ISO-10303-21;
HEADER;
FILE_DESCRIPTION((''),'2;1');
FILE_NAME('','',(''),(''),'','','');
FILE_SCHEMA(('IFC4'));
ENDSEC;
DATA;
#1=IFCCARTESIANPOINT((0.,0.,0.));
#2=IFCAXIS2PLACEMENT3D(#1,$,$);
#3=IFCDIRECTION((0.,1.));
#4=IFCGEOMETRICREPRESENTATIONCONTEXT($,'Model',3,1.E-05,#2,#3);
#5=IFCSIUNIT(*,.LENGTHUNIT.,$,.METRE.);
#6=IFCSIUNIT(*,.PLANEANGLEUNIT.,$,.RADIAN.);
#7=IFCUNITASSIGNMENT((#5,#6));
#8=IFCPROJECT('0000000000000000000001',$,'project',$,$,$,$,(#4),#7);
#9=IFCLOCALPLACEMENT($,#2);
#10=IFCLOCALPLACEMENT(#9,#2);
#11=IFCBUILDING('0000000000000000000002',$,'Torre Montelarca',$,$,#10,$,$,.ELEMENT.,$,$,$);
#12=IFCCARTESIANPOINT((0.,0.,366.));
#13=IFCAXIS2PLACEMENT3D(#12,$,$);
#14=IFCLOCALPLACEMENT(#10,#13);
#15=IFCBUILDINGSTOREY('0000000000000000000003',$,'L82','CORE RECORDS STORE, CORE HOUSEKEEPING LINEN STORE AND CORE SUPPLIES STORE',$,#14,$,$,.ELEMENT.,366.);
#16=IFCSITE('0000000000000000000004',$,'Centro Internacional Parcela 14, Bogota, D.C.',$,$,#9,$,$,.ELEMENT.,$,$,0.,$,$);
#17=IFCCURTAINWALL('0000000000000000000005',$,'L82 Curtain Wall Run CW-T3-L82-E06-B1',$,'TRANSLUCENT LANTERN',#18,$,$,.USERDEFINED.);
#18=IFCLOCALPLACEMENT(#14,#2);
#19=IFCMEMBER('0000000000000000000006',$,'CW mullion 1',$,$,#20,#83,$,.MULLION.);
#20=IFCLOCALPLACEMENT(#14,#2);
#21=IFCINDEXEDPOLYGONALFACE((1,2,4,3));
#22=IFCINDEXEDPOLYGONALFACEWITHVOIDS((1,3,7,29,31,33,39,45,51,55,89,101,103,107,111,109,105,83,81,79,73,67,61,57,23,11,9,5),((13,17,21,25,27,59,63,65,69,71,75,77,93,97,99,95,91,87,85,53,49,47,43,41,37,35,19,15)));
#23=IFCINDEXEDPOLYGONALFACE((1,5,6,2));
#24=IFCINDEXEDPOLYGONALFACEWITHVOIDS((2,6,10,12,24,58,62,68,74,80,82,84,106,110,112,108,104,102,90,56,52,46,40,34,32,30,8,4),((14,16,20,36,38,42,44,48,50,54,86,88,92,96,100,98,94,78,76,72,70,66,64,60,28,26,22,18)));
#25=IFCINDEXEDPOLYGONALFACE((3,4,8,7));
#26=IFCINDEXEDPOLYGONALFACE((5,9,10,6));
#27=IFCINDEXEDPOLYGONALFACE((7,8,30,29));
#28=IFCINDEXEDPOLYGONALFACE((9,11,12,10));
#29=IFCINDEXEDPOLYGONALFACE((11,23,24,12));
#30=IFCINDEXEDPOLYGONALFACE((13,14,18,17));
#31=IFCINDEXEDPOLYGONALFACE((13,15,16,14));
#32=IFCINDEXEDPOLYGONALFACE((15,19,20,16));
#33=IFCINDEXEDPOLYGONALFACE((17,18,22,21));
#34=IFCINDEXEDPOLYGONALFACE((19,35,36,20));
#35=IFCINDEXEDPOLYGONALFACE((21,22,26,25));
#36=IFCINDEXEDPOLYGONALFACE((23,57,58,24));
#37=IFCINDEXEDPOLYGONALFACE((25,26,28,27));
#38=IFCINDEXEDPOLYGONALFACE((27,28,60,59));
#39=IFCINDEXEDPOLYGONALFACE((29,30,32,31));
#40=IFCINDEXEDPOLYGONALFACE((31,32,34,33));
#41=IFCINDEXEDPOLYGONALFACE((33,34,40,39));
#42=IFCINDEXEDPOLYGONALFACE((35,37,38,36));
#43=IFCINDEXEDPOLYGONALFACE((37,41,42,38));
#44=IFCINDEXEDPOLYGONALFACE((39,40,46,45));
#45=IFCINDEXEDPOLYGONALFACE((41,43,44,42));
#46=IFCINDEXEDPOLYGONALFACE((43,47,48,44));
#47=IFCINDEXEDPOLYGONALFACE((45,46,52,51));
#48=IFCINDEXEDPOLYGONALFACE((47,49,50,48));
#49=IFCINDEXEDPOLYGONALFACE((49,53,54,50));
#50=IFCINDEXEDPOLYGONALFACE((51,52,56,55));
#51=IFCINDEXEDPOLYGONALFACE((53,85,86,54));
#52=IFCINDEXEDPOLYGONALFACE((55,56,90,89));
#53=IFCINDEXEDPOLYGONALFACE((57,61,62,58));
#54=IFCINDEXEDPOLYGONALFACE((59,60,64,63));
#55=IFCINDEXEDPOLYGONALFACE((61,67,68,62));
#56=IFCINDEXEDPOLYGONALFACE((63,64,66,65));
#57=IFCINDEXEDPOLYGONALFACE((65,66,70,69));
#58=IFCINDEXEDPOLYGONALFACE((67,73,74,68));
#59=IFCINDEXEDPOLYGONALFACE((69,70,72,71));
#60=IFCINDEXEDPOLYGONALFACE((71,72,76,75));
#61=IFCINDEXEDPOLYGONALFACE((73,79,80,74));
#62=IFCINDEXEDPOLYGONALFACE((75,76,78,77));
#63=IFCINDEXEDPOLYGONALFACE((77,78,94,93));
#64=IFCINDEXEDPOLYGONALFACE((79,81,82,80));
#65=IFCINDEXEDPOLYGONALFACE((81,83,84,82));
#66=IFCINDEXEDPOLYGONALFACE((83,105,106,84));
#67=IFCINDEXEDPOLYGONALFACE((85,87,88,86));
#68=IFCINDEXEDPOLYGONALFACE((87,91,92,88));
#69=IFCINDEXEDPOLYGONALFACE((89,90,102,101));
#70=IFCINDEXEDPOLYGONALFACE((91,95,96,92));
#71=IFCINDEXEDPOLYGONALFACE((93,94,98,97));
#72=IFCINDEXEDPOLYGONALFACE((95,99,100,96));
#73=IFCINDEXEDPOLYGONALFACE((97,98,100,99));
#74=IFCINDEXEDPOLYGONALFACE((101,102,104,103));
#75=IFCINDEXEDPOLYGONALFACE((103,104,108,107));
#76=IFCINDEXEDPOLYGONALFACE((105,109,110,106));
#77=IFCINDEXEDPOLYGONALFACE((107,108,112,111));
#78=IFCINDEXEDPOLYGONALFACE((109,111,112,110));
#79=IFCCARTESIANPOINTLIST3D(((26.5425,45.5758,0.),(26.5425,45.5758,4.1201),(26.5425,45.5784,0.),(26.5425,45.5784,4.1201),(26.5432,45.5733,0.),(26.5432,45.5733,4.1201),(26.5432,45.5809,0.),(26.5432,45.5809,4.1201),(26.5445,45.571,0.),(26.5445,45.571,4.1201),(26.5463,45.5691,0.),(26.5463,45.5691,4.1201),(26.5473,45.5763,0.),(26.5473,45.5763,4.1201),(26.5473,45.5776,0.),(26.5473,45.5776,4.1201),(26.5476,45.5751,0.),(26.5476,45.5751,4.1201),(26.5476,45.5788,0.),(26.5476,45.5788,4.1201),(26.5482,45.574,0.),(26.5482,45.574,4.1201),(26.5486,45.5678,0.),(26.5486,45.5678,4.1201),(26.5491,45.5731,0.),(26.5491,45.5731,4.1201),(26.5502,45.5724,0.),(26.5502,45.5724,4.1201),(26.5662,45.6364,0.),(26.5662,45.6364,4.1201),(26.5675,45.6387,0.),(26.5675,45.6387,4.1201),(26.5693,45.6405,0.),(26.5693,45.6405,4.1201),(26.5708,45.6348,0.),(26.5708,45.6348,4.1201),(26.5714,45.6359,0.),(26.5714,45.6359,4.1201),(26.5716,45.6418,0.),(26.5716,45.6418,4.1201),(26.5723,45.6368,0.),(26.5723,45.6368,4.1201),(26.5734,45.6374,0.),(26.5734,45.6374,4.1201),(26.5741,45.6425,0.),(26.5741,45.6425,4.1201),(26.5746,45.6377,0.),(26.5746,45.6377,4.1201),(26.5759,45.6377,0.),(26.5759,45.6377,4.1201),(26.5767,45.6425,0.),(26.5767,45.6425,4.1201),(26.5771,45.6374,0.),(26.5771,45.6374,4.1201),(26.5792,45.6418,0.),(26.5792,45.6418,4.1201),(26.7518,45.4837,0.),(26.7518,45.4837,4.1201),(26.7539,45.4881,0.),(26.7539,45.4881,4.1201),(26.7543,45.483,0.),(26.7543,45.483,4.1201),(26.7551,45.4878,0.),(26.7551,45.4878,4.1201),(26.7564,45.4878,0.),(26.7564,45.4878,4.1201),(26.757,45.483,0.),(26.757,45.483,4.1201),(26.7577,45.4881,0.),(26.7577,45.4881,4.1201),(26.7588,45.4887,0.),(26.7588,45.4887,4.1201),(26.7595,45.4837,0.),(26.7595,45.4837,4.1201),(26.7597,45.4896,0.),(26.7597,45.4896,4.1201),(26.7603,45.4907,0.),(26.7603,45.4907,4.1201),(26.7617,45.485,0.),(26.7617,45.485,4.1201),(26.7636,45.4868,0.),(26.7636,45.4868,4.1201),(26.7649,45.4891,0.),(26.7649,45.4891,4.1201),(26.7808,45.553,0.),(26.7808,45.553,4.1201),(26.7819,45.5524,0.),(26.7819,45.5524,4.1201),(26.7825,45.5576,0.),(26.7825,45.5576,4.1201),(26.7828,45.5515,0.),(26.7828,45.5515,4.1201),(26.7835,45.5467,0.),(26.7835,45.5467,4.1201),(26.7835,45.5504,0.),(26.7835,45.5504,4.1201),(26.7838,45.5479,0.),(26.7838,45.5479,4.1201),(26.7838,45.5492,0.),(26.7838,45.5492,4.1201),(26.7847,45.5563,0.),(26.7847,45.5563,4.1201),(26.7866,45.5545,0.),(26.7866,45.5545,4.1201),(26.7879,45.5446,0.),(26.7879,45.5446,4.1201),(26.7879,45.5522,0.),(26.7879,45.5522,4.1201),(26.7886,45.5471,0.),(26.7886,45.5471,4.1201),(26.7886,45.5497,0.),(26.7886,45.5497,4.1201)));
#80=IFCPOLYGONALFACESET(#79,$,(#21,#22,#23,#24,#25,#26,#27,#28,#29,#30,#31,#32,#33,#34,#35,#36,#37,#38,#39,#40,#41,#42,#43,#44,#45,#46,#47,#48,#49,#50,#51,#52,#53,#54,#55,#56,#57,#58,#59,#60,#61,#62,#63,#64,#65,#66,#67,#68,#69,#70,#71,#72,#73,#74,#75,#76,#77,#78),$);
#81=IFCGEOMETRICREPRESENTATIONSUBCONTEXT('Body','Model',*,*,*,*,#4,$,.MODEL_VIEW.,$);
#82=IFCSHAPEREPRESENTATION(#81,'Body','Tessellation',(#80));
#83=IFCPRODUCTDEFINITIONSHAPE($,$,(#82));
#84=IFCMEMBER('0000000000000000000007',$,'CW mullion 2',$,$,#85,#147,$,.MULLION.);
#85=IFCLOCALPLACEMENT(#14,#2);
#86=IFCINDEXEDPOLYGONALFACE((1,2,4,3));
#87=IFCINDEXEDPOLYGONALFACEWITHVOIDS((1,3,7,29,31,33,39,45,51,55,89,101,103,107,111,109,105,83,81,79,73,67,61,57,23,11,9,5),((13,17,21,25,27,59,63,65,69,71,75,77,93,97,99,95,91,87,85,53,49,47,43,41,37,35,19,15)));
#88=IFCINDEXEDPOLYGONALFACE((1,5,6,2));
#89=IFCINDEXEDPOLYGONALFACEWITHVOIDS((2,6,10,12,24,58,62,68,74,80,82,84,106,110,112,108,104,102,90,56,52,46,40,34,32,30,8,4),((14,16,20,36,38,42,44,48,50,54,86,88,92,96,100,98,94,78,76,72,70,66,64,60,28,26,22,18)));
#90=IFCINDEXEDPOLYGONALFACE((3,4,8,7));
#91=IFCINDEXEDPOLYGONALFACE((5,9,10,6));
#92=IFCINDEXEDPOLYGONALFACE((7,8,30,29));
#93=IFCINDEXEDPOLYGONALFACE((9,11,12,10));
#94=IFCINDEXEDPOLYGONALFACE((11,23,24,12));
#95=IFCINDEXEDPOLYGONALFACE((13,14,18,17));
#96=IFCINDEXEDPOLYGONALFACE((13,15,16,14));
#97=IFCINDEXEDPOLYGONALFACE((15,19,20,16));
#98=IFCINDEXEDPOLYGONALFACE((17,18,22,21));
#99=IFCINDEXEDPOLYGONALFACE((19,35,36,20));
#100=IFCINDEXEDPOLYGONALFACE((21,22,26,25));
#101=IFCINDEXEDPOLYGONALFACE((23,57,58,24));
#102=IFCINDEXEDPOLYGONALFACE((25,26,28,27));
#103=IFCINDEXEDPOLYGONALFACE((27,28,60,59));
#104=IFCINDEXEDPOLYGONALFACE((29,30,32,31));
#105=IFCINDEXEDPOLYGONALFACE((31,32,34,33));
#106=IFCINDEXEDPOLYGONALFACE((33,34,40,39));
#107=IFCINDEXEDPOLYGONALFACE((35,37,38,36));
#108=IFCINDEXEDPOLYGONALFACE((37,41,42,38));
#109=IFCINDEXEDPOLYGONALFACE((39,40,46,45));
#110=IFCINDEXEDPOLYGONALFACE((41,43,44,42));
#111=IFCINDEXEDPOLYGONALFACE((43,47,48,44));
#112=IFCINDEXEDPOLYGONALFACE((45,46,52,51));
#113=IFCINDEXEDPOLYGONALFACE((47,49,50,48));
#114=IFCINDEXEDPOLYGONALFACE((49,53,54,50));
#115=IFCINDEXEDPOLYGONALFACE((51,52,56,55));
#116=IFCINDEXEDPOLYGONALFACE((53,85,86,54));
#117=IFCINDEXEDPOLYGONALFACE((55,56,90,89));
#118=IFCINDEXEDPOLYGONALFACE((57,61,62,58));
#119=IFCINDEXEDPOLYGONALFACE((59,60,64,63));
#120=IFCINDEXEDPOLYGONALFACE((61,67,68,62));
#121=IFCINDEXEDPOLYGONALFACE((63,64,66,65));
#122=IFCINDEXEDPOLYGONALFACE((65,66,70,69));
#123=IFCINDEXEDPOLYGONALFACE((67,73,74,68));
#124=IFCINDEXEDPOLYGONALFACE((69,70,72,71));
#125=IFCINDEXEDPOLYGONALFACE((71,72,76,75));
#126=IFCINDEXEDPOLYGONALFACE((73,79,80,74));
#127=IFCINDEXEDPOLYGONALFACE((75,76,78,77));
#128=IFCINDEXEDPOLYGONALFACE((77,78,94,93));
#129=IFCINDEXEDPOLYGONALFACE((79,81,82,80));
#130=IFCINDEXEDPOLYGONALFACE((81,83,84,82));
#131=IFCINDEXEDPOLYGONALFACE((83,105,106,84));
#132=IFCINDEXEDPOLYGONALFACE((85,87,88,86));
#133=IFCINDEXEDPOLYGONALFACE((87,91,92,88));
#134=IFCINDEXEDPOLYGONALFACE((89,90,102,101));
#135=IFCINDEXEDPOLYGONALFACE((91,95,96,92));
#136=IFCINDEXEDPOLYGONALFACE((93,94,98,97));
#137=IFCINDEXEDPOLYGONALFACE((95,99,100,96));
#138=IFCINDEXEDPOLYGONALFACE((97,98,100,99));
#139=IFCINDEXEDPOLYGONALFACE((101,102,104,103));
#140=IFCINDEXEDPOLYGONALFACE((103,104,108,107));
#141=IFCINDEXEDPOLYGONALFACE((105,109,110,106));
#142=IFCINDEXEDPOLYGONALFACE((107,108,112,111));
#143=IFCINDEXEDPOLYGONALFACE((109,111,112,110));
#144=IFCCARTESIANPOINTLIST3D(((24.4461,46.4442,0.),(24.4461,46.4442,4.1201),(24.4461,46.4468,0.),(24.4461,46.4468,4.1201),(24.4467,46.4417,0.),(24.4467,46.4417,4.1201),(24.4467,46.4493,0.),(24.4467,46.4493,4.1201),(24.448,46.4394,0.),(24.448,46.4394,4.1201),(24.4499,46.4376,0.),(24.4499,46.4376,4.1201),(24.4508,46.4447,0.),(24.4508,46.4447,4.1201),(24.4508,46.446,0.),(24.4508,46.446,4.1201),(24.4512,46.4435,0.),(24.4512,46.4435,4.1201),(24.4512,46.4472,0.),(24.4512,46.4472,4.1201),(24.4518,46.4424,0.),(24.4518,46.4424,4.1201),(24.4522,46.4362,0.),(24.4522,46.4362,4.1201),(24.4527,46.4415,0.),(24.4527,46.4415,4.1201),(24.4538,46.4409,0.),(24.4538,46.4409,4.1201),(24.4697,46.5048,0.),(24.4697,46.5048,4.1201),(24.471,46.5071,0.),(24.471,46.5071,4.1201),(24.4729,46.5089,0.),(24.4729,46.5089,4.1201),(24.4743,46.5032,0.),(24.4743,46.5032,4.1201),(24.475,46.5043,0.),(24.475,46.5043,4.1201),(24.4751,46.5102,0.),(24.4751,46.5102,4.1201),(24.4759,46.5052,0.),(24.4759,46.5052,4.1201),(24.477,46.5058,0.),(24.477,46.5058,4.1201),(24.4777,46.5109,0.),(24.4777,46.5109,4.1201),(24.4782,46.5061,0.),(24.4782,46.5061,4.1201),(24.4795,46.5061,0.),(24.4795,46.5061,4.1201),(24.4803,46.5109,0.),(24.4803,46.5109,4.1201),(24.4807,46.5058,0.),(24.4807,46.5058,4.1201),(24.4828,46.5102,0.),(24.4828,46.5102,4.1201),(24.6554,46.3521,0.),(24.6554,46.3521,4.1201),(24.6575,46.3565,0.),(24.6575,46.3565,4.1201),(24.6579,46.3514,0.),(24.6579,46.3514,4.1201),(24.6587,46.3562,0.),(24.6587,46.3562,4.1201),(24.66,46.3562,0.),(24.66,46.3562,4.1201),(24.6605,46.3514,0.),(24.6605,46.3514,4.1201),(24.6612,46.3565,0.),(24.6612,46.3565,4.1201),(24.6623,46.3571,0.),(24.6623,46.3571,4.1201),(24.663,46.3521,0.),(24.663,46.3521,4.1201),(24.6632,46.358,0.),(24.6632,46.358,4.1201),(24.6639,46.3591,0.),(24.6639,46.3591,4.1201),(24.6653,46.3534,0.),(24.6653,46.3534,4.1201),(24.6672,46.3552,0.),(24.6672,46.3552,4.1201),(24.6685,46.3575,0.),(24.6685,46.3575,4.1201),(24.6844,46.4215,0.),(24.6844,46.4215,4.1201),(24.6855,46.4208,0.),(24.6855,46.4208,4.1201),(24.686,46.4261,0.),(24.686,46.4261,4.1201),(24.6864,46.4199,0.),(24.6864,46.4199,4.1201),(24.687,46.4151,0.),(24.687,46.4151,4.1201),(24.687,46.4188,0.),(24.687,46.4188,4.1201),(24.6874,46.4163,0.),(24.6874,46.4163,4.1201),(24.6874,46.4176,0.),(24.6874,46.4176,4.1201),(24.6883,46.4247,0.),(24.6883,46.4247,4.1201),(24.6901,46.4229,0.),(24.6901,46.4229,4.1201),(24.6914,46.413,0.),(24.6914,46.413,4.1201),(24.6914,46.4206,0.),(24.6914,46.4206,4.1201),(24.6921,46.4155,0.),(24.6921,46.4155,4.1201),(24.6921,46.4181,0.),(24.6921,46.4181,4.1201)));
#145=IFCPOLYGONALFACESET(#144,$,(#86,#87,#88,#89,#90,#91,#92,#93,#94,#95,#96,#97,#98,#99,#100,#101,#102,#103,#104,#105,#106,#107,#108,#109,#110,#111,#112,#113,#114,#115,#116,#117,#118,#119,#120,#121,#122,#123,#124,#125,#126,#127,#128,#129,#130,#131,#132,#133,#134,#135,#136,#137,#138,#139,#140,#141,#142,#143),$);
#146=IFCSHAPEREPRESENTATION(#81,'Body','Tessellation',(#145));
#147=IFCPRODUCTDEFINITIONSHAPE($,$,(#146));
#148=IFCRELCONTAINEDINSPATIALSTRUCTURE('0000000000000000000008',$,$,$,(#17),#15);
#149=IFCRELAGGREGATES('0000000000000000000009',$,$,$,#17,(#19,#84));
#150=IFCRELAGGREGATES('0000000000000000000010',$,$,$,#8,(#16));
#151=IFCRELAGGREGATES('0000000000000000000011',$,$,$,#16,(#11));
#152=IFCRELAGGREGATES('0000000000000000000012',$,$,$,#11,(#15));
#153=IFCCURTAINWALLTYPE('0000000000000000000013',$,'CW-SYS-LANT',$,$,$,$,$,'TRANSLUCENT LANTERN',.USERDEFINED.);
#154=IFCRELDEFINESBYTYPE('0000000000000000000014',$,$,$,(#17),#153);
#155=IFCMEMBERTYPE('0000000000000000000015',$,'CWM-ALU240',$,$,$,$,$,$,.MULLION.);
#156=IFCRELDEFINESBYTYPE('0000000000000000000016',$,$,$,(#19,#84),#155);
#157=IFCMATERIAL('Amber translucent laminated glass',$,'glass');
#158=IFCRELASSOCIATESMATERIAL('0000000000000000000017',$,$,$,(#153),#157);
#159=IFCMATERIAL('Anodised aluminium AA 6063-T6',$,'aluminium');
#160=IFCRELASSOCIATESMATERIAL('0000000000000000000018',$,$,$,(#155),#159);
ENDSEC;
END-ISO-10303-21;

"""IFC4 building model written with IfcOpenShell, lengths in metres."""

from ifc_helpers import new_model, si_unit, direction, frame, origin, origin_2d, place, context, subcontext, project, spatial, hollow_rectangle, extrude, source, transform, mapped, material, material_profile, profile_set, type_object, element, aggregate, save


model = new_model("IFC4")

# Units and contexts
model_context = context("Model", 3, precision=1e-05, world=origin(), true_north=direction((0.0, 1.0)))
body_context = subcontext(model_context, "Body", "Model", "MODEL_VIEW")
ifc_project = project(units=[si_unit("LENGTHUNIT", "METRE"), si_unit("PLANEANGLEUNIT", "RADIAN")], contexts=[model_context])

# Site, building, storey
site_placement = place(None, origin())
site = spatial("IfcSite", under=ifc_project, at=site_placement, Name="Centro Internacional Parcela 14, Bogota, D.C.", CompositionType="ELEMENT", RefElevation=0.0)
building_placement = place(site_placement, origin())
building = spatial("IfcBuilding", under=site, at=building_placement, Name="Torre Montelarca", CompositionType="ELEMENT")
storey_placement = place(building_placement, frame((0.0, 0.0, 366.0)))
storey = spatial("IfcBuildingStorey", under=building, at=storey_placement, Name="L82", Description="CORE RECORDS STORE, CORE HOUSEKEEPING LINEN STORE AND CORE SUPPLIES STORE", CompositionType="ELEMENT", Elevation=366.0)

# Curtain wall, members
ifc_material_1 = material(Name="Amber translucent laminated glass", Category="glass")
curtain_wall_type = type_object("IfcCurtainWallType", Name="CW-SYS-LANT", ElementType="TRANSLUCENT LANTERN", PredefinedType="USERDEFINED", material=ifc_material_1)
curtain_wall_1_placement = place(storey_placement, origin())
curtain_wall_1 = element("IfcCurtainWall", 1, at=curtain_wall_1_placement, inside=storey, type_object=curtain_wall_type, Name="L82 Curtain Wall Run CW-T3-L82-E06-B1", ObjectType="TRANSLUCENT LANTERN", PredefinedType="USERDEFINED")
ifc_material_2 = material(Name="Anodised aluminium AA 6063-T6", Category="aluminium")
ifc_material_profile_1 = material_profile(ifc_material_2, hollow_rectangle(XDim=0.0801, YDim=0.24, WallThickness=0.0049, InnerFilletRadius=0.0049, OuterFilletRadius=0.01, at=origin_2d()), Name="ALU80X240X5", Category="aluminium")
ifc_profile_set_1 = profile_set([ifc_material_profile_1], Name="Anodised aluminium AA 6063-T6")
member_type_1 = type_object("IfcMemberType", Name="CWM-ALU240", PredefinedType="MULLION", material=ifc_profile_set_1)
shared_shape_1 = source(origin(), body_context, "Body", "SweptSolid", [
    extrude(hollow_rectangle(XDim=0.0801, YDim=0.24, WallThickness=0.0049, InnerFilletRadius=0.0049, OuterFilletRadius=0.01, at=origin_2d()), origin(), (0.0, 0.0, 1.0), 4.1201),
])
member_1_placement = place(storey_placement, frame((26.6655, 45.5627, 0.0), z_axis=(0.0, 0.0, 1.0), x_axis=(-0.382676, -0.923883, 0.0)))
member_1 = element("IfcMember", 2, at=member_1_placement, type_object=member_type_1, Name="CW mullion 1", PredefinedType="MULLION", context=body_context, shape_type="MappedRepresentation", body=[
    mapped(shared_shape_1, transform((0.0, 0.0, 0.0), scale=1.0)),
])
member_2_placement = place(storey_placement, frame((24.5691, 46.4312, 0.0), z_axis=(0.0, 0.0, 1.0), x_axis=(-0.382676, -0.923883, 0.0)))
member_2 = element("IfcMember", 3, at=member_2_placement, type_object=member_type_1, Name="CW mullion 2", PredefinedType="MULLION", context=body_context, shape_type="MappedRepresentation", body=[
    mapped(shared_shape_1, transform((0.0, 0.0, 0.0), scale=1.0)),
])

aggregate(curtain_wall_1, [member_1, member_2])

save(model, "model.ifc")
